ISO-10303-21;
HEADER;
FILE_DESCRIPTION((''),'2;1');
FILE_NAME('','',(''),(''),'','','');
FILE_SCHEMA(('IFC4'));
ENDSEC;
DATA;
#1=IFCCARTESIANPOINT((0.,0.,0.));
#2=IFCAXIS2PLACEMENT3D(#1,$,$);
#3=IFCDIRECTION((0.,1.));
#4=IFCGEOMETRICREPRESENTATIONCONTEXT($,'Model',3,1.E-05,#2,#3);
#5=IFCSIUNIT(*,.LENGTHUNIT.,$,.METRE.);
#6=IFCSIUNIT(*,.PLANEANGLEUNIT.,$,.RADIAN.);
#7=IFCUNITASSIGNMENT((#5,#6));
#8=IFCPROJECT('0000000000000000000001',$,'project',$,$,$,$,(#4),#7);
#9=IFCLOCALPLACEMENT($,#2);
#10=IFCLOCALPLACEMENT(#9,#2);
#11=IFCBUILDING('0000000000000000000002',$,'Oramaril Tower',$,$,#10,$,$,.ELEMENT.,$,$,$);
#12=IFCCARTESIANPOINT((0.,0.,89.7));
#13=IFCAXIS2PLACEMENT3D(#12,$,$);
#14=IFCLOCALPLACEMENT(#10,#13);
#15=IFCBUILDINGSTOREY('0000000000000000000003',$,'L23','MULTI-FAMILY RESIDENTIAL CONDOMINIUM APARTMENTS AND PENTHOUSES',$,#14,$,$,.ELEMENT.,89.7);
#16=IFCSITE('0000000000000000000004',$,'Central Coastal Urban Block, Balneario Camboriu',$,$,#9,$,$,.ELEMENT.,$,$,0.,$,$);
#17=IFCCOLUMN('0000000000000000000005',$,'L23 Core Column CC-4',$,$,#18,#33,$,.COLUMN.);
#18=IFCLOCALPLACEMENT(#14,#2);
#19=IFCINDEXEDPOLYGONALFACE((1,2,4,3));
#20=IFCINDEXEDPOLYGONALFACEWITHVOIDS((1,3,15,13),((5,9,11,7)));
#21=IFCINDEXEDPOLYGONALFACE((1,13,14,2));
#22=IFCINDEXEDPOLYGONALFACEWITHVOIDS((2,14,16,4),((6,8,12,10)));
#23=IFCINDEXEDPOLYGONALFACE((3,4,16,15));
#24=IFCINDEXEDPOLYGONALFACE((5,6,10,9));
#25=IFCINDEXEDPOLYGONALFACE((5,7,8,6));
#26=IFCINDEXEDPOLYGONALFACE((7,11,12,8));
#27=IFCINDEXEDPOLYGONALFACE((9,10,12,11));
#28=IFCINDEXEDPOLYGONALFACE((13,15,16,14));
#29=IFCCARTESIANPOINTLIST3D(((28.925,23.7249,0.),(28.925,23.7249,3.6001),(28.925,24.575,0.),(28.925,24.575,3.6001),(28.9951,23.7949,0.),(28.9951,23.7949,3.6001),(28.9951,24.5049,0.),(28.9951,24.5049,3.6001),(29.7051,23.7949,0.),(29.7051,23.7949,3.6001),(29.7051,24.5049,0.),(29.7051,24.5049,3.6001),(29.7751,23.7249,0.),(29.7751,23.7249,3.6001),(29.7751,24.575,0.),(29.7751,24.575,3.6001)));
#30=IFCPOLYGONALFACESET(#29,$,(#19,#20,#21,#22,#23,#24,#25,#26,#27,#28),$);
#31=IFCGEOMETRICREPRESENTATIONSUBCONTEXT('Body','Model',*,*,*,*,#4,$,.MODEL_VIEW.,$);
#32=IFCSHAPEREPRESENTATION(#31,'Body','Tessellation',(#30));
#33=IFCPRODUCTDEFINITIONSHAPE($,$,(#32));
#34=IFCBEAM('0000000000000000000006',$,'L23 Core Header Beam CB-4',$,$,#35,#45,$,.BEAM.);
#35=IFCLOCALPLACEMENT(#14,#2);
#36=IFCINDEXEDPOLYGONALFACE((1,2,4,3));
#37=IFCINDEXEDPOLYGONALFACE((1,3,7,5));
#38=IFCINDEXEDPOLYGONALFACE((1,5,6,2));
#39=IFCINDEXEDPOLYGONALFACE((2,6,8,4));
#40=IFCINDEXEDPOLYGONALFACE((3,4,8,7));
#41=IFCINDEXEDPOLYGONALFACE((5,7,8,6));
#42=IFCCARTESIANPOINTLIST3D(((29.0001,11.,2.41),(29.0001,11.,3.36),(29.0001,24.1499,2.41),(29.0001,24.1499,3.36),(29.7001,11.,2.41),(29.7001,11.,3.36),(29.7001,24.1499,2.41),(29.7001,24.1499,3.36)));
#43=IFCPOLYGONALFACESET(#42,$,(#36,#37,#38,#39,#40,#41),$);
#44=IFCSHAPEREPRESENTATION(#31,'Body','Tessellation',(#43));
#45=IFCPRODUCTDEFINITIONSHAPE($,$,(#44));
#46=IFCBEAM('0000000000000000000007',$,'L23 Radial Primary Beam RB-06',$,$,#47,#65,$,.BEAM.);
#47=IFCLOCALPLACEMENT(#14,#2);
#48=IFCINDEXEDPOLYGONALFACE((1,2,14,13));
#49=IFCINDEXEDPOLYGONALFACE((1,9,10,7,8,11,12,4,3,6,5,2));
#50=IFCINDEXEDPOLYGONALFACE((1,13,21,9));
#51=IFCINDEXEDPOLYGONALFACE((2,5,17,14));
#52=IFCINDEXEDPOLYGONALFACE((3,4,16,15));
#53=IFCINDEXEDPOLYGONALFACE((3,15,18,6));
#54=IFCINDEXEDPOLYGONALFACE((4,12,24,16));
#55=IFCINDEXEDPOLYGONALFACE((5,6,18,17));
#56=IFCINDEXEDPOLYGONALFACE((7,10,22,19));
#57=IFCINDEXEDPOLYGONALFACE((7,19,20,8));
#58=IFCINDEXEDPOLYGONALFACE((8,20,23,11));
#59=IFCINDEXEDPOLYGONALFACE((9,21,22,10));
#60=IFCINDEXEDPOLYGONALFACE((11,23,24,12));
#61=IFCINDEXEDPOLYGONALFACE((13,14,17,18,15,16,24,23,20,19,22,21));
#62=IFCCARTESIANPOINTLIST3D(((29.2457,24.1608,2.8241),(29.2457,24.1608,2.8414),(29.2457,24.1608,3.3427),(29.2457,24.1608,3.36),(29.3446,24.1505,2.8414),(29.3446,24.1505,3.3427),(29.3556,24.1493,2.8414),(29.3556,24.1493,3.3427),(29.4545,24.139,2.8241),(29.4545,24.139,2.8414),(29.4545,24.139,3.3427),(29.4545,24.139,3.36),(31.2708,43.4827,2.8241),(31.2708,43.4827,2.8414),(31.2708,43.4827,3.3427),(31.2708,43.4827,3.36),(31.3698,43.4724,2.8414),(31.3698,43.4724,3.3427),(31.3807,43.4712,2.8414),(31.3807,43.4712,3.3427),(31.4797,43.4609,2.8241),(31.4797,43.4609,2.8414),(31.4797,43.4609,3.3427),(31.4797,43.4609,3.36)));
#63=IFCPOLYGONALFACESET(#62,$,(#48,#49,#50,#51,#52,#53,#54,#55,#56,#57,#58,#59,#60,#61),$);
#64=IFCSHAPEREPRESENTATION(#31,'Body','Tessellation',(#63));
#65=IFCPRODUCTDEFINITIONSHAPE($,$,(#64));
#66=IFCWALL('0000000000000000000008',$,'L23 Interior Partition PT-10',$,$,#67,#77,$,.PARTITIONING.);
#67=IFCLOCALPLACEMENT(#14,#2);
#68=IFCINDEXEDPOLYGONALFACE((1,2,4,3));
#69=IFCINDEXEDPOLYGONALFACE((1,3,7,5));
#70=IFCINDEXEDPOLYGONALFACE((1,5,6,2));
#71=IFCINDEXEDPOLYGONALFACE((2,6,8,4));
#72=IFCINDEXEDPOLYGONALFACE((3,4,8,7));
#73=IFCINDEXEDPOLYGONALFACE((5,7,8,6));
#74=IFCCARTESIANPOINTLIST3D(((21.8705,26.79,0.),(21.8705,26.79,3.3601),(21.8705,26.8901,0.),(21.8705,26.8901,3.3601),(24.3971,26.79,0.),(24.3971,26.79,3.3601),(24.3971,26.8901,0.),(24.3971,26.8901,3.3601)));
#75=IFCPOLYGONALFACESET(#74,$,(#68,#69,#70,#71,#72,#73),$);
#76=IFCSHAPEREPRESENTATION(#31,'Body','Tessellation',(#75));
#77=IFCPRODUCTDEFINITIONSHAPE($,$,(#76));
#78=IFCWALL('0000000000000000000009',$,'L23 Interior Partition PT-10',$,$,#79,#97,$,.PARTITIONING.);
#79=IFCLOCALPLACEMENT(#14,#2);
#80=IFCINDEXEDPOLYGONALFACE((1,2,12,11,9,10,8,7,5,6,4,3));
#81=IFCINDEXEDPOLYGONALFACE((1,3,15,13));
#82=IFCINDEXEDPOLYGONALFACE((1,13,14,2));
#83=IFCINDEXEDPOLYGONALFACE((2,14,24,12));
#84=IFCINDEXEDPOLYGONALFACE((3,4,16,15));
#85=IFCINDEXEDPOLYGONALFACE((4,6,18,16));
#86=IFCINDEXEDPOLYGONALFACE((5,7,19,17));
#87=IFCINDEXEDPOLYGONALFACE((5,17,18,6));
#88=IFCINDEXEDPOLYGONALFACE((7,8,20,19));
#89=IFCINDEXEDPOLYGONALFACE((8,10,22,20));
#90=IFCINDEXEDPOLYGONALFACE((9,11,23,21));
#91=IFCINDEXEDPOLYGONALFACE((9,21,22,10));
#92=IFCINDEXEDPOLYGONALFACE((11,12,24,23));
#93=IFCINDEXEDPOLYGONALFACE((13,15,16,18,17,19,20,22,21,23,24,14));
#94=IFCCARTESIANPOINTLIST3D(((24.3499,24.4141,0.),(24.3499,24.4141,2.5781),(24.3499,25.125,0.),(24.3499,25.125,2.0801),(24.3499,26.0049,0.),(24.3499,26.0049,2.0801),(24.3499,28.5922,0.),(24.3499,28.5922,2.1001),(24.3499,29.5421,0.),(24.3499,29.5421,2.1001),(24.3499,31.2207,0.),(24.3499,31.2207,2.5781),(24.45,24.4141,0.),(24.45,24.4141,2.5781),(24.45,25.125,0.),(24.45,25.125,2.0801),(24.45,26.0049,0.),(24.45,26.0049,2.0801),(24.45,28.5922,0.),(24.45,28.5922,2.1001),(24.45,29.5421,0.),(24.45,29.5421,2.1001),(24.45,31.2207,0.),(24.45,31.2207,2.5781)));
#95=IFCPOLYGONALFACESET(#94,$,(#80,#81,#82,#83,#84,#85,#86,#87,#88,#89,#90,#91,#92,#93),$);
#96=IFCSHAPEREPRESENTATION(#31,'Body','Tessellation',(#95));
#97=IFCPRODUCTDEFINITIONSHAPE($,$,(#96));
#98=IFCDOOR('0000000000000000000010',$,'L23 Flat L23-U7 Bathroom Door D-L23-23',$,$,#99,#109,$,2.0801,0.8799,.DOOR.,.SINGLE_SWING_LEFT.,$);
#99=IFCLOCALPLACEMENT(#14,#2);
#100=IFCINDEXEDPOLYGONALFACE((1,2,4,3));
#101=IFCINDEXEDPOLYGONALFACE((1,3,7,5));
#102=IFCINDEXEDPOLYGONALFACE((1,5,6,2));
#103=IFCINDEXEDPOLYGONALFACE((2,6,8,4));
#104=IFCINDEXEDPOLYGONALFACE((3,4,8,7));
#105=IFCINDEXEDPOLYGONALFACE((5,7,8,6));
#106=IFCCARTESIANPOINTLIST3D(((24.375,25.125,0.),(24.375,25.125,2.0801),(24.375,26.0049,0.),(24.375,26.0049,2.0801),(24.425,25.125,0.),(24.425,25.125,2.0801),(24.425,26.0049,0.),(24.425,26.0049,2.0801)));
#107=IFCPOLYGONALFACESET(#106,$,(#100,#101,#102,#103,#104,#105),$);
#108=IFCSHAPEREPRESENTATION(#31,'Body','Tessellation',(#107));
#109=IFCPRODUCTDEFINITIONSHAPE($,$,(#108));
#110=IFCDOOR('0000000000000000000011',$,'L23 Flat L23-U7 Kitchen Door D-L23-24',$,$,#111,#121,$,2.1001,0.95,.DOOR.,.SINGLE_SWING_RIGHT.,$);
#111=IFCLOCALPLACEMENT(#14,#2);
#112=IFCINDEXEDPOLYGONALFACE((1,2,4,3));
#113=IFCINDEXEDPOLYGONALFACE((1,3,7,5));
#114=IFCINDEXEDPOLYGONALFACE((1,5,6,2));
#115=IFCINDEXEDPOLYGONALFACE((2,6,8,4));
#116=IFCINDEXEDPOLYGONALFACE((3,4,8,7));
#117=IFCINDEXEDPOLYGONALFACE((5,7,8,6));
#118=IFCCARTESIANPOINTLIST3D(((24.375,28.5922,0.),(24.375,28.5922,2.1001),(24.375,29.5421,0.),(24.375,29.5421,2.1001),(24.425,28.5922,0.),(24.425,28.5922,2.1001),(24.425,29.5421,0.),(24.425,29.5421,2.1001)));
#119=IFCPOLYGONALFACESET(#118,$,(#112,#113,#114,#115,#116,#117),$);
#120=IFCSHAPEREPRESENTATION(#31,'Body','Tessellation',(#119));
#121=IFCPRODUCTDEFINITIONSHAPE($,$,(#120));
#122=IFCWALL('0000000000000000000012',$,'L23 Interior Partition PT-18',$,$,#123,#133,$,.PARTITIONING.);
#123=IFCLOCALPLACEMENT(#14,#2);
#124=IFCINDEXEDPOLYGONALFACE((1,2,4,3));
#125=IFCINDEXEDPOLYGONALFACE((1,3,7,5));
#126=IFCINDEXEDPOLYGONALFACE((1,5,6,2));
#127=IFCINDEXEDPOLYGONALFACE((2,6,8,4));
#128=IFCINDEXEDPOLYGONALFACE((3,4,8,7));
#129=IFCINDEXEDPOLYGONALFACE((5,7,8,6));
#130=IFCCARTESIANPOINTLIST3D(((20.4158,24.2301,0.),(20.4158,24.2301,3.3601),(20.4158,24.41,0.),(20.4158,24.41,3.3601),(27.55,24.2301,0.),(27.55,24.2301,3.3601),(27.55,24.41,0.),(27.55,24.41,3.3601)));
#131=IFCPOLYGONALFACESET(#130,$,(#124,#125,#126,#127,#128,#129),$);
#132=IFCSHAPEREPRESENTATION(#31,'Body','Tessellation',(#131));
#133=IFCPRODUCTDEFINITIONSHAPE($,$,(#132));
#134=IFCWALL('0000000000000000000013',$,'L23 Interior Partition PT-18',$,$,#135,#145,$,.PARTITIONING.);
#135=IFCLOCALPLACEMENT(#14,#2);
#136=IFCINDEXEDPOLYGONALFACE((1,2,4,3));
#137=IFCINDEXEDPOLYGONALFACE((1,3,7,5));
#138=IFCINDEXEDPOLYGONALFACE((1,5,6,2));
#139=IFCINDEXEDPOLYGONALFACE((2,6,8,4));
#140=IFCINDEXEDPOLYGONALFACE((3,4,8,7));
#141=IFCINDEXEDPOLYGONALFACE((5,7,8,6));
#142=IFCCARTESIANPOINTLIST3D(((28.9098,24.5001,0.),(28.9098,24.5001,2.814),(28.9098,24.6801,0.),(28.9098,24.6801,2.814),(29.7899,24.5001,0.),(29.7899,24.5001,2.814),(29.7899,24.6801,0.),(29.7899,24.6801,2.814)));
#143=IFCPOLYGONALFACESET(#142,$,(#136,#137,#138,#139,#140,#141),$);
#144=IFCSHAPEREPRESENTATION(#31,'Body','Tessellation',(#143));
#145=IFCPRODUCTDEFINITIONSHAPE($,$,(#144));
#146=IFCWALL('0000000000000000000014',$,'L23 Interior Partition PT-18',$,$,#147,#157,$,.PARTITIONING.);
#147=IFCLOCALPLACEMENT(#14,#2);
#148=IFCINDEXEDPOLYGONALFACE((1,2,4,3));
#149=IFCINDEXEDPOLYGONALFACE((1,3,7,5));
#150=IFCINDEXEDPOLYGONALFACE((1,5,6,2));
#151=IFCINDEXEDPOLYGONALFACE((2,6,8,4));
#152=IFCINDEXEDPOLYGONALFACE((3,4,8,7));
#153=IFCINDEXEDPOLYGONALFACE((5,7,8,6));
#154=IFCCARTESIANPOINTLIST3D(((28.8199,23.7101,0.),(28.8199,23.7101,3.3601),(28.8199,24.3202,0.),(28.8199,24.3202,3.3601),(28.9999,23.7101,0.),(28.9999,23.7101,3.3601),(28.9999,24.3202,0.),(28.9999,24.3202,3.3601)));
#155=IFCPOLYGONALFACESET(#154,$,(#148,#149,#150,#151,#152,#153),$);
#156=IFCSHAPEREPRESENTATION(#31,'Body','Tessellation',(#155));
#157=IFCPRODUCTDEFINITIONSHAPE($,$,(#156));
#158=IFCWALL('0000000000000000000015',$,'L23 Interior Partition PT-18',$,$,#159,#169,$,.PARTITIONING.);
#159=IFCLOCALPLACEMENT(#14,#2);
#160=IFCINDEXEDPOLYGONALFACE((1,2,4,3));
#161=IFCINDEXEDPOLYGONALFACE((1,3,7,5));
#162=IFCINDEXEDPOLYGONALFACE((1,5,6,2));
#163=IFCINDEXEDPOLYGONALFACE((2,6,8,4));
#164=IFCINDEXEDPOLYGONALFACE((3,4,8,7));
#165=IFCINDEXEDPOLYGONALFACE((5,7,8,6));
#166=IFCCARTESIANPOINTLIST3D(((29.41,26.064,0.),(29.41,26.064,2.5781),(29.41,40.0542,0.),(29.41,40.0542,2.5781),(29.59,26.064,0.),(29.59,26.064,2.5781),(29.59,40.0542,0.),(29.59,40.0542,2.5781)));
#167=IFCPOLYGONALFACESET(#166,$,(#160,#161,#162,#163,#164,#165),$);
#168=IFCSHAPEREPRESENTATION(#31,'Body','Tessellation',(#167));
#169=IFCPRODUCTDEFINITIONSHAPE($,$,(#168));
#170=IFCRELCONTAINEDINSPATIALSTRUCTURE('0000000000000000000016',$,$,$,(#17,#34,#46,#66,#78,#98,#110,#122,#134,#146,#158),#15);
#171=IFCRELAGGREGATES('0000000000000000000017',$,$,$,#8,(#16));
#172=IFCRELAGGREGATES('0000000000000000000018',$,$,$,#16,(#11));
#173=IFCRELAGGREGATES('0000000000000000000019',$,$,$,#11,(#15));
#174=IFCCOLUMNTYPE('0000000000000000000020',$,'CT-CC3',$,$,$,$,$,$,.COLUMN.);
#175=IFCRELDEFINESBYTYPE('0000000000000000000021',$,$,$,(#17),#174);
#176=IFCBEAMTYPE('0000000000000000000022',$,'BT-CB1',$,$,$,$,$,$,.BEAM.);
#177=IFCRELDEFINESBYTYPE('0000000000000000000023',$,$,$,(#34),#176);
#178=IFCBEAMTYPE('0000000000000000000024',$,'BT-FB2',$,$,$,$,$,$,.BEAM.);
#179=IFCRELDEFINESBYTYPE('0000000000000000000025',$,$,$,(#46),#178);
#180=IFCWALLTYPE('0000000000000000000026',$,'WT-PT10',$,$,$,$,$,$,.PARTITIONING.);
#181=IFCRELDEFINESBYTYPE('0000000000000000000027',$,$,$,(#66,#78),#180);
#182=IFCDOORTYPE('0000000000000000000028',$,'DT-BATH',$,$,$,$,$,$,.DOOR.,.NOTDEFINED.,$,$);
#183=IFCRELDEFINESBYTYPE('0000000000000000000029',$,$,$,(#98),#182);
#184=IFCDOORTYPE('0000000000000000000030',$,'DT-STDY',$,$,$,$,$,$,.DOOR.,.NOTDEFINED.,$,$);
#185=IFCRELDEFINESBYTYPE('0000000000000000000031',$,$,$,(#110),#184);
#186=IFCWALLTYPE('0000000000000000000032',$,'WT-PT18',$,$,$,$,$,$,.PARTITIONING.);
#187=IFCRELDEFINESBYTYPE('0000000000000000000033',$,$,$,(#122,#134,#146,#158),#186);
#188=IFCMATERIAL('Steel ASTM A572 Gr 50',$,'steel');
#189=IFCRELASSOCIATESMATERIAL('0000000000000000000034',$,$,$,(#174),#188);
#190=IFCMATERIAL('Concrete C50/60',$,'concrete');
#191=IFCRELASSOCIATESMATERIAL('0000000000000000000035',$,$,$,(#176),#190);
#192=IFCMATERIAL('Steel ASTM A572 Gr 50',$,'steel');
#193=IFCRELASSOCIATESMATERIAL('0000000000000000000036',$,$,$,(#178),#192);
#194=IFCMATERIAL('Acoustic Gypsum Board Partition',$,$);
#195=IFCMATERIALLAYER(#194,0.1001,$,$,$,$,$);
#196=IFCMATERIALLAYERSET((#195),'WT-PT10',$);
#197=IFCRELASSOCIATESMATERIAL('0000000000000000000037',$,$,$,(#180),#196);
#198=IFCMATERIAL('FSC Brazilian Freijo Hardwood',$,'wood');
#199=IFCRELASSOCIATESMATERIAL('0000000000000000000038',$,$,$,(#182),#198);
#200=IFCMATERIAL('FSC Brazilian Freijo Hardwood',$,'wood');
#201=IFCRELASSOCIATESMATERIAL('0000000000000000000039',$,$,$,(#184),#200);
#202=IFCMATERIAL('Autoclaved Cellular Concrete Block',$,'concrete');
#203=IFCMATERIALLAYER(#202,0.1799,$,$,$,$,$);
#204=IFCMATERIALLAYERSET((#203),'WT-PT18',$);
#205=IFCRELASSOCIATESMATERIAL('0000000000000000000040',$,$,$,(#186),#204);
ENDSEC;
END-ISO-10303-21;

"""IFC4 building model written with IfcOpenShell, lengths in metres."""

from ifc_helpers import new_model, si_unit, direction, frame, frame_2d, origin, origin_2d, place, context, subcontext, project, spatial, rectangle, hollow_rectangle, i_section, extrude, material, layer, layer_set, material_profile, profile_set, type_object, element, fill, save


model = new_model("IFC4")

# Units and contexts
model_context = context("Model", 3, precision=1e-05, world=origin(), true_north=direction((0.0, 1.0)))
body_context = subcontext(model_context, "Body", "Model", "MODEL_VIEW")
ifc_project = project(units=[si_unit("LENGTHUNIT", "METRE"), si_unit("PLANEANGLEUNIT", "RADIAN")], contexts=[model_context])

# Site, building, storey
site_placement = place(None, origin())
site = spatial("IfcSite", under=ifc_project, at=site_placement, Name="Central Coastal Urban Block, Balneario Camboriu", CompositionType="ELEMENT", RefElevation=0.0)
building_placement = place(site_placement, origin())
building = spatial("IfcBuilding", under=site, at=building_placement, Name="Oramaril Tower", CompositionType="ELEMENT")
storey_placement = place(building_placement, frame((0.0, 0.0, 89.7)))
storey = spatial("IfcBuildingStorey", under=building, at=storey_placement, Name="L23", Description="MULTI-FAMILY RESIDENTIAL CONDOMINIUM APARTMENTS AND PENTHOUSES", CompositionType="ELEMENT", Elevation=89.7)

# Column
ifc_material_1 = material(Name="Steel ASTM A572 Gr 50", Category="steel")
ifc_material_profile_1 = material_profile(ifc_material_1, hollow_rectangle(XDim=0.8501, YDim=0.8501, WallThickness=0.0701, at=origin_2d()), Name="BOX850X850X70")
ifc_profile_set_1 = profile_set([ifc_material_profile_1], Name="Steel ASTM A572 Gr 50")
column_type = type_object("IfcColumnType", Name="CT-CC3", PredefinedType="COLUMN", material=ifc_profile_set_1)
column_placement = place(storey_placement, frame((29.3501, 24.1499, 0.0), z_axis=(0.0, 0.0, 1.0), x_axis=(1.0, 0.0, 0.0)))
element("IfcColumn", 1, at=column_placement, inside=storey, type_object=column_type, Name="L23 Core Column CC-4", PredefinedType="COLUMN", context=body_context, shape_type="SweptSolid", body=[
    extrude(hollow_rectangle(XDim=0.8501, YDim=0.8501, WallThickness=0.0701, at=origin_2d()), origin(), (0.0, 0.0, 1.0), 3.6001),
])

# Beams
ifc_material_2 = material(Name="Concrete C50/60", Category="concrete")
ifc_material_profile_2 = material_profile(ifc_material_2, rectangle(XDim=0.7, YDim=0.95, at=origin_2d()), Name="CB700X950")
ifc_profile_set_2 = profile_set([ifc_material_profile_2], Name="Concrete C50/60")
beam_type_1 = type_object("IfcBeamType", Name="BT-CB1", PredefinedType="BEAM", material=ifc_profile_set_2)
beam_1_placement = place(storey_placement, frame((29.3501, 24.1499, 2.885), z_axis=(0.0, -1.0, 0.0), x_axis=(1.0, 0.0, 0.0)))
element("IfcBeam", 2, at=beam_1_placement, inside=storey, type_object=beam_type_1, Name="L23 Core Header Beam CB-4", PredefinedType="BEAM", context=body_context, shape_type="SweptSolid", body=[
    extrude(rectangle(XDim=0.7, YDim=0.95, at=origin_2d()), origin(), (0.0, 0.0, 1.0), 13.1499),
])
ifc_material_3 = material(Name="Steel ASTM A572 Gr 50", Category="steel")
ifc_material_profile_3 = material_profile(ifc_material_3, i_section(OverallWidth=0.21, OverallDepth=0.5359, WebThickness=0.011, FlangeThickness=0.0173, at=origin_2d()), Name="W21X68")
ifc_profile_set_3 = profile_set([ifc_material_profile_3], Name="Steel ASTM A572 Gr 50")
beam_type_2 = type_object("IfcBeamType", Name="BT-FB2", PredefinedType="BEAM", material=ifc_profile_set_3)
beam_2_placement = place(storey_placement, frame((29.3501, 24.1499, 3.092), z_axis=(0.104241, 0.994552, 0.0), x_axis=(-0.994552, 0.104241, 0.0)))
element("IfcBeam", 3, at=beam_2_placement, inside=storey, type_object=beam_type_2, Name="L23 Radial Primary Beam RB-06", PredefinedType="BEAM", context=body_context, shape_type="SweptSolid", body=[
    extrude(i_section(OverallWidth=0.21, OverallDepth=0.5359, WebThickness=0.011, FlangeThickness=0.0173, at=origin_2d()), origin(), (0.0, 0.0, 1.0), 19.4277),
])

# Wall
ifc_material_4 = material(Name="Acoustic Gypsum Board Partition")
ifc_layer_1 = layer(ifc_material_4, 0.1001)
ifc_layer_set_1 = layer_set([ifc_layer_1], Name="WT-PT10")
wall_type_1 = type_object("IfcWallType", Name="WT-PT10", PredefinedType="PARTITIONING", material=ifc_layer_set_1)
wall_1_placement = place(storey_placement, frame((21.8706, 26.8401, 0.0), z_axis=(0.0, 0.0, 1.0), x_axis=(1.0, 0.0, 0.0)))
element("IfcWall", 4, at=wall_1_placement, inside=storey, type_object=wall_type_1, Name="L23 Interior Partition PT-10", PredefinedType="PARTITIONING", context=body_context, shape_type="SweptSolid", body=[
    extrude(rectangle(XDim=2.5266, YDim=0.1001, at=frame_2d((1.2632, 0.0))), origin(), (0.0, 0.0, 1.0), 3.3601),
])

# Wall, openings, doors
wall_2_placement = place(storey_placement, frame((24.3999, 24.4141, 0.0), z_axis=(0.0, 0.0, 1.0), x_axis=(0.0, 1.0, 0.0)))
wall_2 = element("IfcWall", 5, at=wall_2_placement, inside=storey, type_object=wall_type_1, Name="L23 Interior Partition PT-10", PredefinedType="PARTITIONING", context=body_context, shape_type="SweptSolid", body=[
    extrude(rectangle(XDim=6.8066, YDim=0.1001, at=frame_2d((3.4033, 0.0))), origin(), (0.0, 0.0, 1.0), 2.5781),
])
opening_1_placement = place(wall_2_placement, frame((0.7109, 0.0, 0.0)))
opening_1 = element("IfcOpeningElement", 6, at=opening_1_placement, cuts=wall_2, PredefinedType="OPENING", context=body_context, shape_type="SweptSolid", body=[
    extrude(rectangle(XDim=0.8799, YDim=2.0801, at=frame_2d((0.4399, 1.04))), frame((0.0, 0.05, 0.0), z_axis=(0.0, -1.0, 0.0), x_axis=(1.0, 0.0, 0.0)), (0.0, 0.0, 1.0), 0.1001),
])
opening_2_placement = place(wall_2_placement, frame((4.178, 0.0, 0.0)))
opening_2 = element("IfcOpeningElement", 7, at=opening_2_placement, cuts=wall_2, PredefinedType="OPENING", context=body_context, shape_type="SweptSolid", body=[
    extrude(rectangle(XDim=0.95, YDim=2.1001, at=frame_2d((0.4751, 1.05))), frame((0.0, 0.05, 0.0), z_axis=(0.0, -1.0, 0.0), x_axis=(1.0, 0.0, 0.0)), (0.0, 0.0, 1.0), 0.1001),
])
ifc_material_5 = material(Name="FSC Brazilian Freijo Hardwood", Category="wood")
door_type_1 = type_object("IfcDoorType", Name="DT-BATH", OperationType="NOTDEFINED", PredefinedType="DOOR", material=ifc_material_5)
door_1_placement = place(opening_1_placement, origin())
door_1 = element("IfcDoor", 8, at=door_1_placement, inside=storey, type_object=door_type_1, Name="L23 Flat L23-U7 Bathroom Door D-L23-23", OperationType="SINGLE_SWING_LEFT", OverallHeight=2.0801, OverallWidth=0.8799, PredefinedType="DOOR", context=body_context, shape_type="SweptSolid", body=[
    extrude(rectangle(XDim=0.8799, YDim=2.0801, at=frame_2d((0.4399, 1.04))), frame((0.0, 0.0249, 0.0), z_axis=(0.0, -1.0, 0.0), x_axis=(1.0, 0.0, 0.0)), (0.0, 0.0, 1.0), 0.05),
])
fill(opening_1, door_1)
ifc_material_6 = material(Name="FSC Brazilian Freijo Hardwood", Category="wood")
door_type_2 = type_object("IfcDoorType", Name="DT-STDY", OperationType="NOTDEFINED", PredefinedType="DOOR", material=ifc_material_6)
door_2_placement = place(opening_2_placement, origin())
door_2 = element("IfcDoor", 9, at=door_2_placement, inside=storey, type_object=door_type_2, Name="L23 Flat L23-U7 Kitchen Door D-L23-24", OperationType="SINGLE_SWING_RIGHT", OverallHeight=2.1001, OverallWidth=0.95, PredefinedType="DOOR", context=body_context, shape_type="SweptSolid", body=[
    extrude(rectangle(XDim=0.95, YDim=2.1001, at=frame_2d((0.4751, 1.05))), frame((0.0, 0.0249, 0.0), z_axis=(0.0, -1.0, 0.0), x_axis=(1.0, 0.0, 0.0)), (0.0, 0.0, 1.0), 0.05),
])
fill(opening_2, door_2)

# Walls
ifc_material_7 = material(Name="Autoclaved Cellular Concrete Block", Category="concrete")
ifc_layer_2 = layer(ifc_material_7, 0.1799)
ifc_layer_set_2 = layer_set([ifc_layer_2], Name="WT-PT18")
wall_type_2 = type_object("IfcWallType", Name="WT-PT18", PredefinedType="PARTITIONING", material=ifc_layer_set_2)
wall_3_placement = place(storey_placement, frame((20.4158, 24.3201, 0.0), z_axis=(0.0, 0.0, 1.0), x_axis=(1.0, 0.0, 0.0)))
element("IfcWall", 10, at=wall_3_placement, inside=storey, type_object=wall_type_2, Name="L23 Interior Partition PT-18", PredefinedType="PARTITIONING", context=body_context, shape_type="SweptSolid", body=[
    extrude(rectangle(XDim=7.1343, YDim=0.1799, at=frame_2d((3.5671, 0.0))), origin(), (0.0, 0.0, 1.0), 3.3601),
])
wall_4_placement = place(storey_placement, frame((28.9099, 24.5901, 0.0), z_axis=(0.0, 0.0, 1.0), x_axis=(1.0, 0.0, 0.0)))
element("IfcWall", 11, at=wall_4_placement, inside=storey, type_object=wall_type_2, Name="L23 Interior Partition PT-18", PredefinedType="PARTITIONING", context=body_context, shape_type="SweptSolid", body=[
    extrude(rectangle(XDim=0.8801, YDim=0.1799, at=frame_2d((0.4399, 0.0))), origin(), (0.0, 0.0, 1.0), 2.814),
])

# Walls
wall_5_placement = place(storey_placement, frame((28.9099, 23.71, 0.0), z_axis=(0.0, 0.0, 1.0), x_axis=(0.0, 1.0, 0.0)))
element("IfcWall", 12, at=wall_5_placement, inside=storey, type_object=wall_type_2, Name="L23 Interior Partition PT-18", PredefinedType="PARTITIONING", context=body_context, shape_type="SweptSolid", body=[
    extrude(rectangle(XDim=0.6101, YDim=0.1799, at=frame_2d((0.3052, 0.0))), origin(), (0.0, 0.0, 1.0), 3.3601),
])
wall_6_placement = place(storey_placement, frame((29.5, 26.064, 0.0), z_axis=(0.0, 0.0, 1.0), x_axis=(0.0, 1.0, 0.0)))
element("IfcWall", 13, at=wall_6_placement, inside=storey, type_object=wall_type_2, Name="L23 Interior Partition PT-18", PredefinedType="PARTITIONING", context=body_context, shape_type="SweptSolid", body=[
    extrude(rectangle(XDim=13.9902, YDim=0.1799, at=frame_2d((6.9951, 0.0))), origin(), (0.0, 0.0, 1.0), 2.5781),
])

save(model, "model.ifc")
